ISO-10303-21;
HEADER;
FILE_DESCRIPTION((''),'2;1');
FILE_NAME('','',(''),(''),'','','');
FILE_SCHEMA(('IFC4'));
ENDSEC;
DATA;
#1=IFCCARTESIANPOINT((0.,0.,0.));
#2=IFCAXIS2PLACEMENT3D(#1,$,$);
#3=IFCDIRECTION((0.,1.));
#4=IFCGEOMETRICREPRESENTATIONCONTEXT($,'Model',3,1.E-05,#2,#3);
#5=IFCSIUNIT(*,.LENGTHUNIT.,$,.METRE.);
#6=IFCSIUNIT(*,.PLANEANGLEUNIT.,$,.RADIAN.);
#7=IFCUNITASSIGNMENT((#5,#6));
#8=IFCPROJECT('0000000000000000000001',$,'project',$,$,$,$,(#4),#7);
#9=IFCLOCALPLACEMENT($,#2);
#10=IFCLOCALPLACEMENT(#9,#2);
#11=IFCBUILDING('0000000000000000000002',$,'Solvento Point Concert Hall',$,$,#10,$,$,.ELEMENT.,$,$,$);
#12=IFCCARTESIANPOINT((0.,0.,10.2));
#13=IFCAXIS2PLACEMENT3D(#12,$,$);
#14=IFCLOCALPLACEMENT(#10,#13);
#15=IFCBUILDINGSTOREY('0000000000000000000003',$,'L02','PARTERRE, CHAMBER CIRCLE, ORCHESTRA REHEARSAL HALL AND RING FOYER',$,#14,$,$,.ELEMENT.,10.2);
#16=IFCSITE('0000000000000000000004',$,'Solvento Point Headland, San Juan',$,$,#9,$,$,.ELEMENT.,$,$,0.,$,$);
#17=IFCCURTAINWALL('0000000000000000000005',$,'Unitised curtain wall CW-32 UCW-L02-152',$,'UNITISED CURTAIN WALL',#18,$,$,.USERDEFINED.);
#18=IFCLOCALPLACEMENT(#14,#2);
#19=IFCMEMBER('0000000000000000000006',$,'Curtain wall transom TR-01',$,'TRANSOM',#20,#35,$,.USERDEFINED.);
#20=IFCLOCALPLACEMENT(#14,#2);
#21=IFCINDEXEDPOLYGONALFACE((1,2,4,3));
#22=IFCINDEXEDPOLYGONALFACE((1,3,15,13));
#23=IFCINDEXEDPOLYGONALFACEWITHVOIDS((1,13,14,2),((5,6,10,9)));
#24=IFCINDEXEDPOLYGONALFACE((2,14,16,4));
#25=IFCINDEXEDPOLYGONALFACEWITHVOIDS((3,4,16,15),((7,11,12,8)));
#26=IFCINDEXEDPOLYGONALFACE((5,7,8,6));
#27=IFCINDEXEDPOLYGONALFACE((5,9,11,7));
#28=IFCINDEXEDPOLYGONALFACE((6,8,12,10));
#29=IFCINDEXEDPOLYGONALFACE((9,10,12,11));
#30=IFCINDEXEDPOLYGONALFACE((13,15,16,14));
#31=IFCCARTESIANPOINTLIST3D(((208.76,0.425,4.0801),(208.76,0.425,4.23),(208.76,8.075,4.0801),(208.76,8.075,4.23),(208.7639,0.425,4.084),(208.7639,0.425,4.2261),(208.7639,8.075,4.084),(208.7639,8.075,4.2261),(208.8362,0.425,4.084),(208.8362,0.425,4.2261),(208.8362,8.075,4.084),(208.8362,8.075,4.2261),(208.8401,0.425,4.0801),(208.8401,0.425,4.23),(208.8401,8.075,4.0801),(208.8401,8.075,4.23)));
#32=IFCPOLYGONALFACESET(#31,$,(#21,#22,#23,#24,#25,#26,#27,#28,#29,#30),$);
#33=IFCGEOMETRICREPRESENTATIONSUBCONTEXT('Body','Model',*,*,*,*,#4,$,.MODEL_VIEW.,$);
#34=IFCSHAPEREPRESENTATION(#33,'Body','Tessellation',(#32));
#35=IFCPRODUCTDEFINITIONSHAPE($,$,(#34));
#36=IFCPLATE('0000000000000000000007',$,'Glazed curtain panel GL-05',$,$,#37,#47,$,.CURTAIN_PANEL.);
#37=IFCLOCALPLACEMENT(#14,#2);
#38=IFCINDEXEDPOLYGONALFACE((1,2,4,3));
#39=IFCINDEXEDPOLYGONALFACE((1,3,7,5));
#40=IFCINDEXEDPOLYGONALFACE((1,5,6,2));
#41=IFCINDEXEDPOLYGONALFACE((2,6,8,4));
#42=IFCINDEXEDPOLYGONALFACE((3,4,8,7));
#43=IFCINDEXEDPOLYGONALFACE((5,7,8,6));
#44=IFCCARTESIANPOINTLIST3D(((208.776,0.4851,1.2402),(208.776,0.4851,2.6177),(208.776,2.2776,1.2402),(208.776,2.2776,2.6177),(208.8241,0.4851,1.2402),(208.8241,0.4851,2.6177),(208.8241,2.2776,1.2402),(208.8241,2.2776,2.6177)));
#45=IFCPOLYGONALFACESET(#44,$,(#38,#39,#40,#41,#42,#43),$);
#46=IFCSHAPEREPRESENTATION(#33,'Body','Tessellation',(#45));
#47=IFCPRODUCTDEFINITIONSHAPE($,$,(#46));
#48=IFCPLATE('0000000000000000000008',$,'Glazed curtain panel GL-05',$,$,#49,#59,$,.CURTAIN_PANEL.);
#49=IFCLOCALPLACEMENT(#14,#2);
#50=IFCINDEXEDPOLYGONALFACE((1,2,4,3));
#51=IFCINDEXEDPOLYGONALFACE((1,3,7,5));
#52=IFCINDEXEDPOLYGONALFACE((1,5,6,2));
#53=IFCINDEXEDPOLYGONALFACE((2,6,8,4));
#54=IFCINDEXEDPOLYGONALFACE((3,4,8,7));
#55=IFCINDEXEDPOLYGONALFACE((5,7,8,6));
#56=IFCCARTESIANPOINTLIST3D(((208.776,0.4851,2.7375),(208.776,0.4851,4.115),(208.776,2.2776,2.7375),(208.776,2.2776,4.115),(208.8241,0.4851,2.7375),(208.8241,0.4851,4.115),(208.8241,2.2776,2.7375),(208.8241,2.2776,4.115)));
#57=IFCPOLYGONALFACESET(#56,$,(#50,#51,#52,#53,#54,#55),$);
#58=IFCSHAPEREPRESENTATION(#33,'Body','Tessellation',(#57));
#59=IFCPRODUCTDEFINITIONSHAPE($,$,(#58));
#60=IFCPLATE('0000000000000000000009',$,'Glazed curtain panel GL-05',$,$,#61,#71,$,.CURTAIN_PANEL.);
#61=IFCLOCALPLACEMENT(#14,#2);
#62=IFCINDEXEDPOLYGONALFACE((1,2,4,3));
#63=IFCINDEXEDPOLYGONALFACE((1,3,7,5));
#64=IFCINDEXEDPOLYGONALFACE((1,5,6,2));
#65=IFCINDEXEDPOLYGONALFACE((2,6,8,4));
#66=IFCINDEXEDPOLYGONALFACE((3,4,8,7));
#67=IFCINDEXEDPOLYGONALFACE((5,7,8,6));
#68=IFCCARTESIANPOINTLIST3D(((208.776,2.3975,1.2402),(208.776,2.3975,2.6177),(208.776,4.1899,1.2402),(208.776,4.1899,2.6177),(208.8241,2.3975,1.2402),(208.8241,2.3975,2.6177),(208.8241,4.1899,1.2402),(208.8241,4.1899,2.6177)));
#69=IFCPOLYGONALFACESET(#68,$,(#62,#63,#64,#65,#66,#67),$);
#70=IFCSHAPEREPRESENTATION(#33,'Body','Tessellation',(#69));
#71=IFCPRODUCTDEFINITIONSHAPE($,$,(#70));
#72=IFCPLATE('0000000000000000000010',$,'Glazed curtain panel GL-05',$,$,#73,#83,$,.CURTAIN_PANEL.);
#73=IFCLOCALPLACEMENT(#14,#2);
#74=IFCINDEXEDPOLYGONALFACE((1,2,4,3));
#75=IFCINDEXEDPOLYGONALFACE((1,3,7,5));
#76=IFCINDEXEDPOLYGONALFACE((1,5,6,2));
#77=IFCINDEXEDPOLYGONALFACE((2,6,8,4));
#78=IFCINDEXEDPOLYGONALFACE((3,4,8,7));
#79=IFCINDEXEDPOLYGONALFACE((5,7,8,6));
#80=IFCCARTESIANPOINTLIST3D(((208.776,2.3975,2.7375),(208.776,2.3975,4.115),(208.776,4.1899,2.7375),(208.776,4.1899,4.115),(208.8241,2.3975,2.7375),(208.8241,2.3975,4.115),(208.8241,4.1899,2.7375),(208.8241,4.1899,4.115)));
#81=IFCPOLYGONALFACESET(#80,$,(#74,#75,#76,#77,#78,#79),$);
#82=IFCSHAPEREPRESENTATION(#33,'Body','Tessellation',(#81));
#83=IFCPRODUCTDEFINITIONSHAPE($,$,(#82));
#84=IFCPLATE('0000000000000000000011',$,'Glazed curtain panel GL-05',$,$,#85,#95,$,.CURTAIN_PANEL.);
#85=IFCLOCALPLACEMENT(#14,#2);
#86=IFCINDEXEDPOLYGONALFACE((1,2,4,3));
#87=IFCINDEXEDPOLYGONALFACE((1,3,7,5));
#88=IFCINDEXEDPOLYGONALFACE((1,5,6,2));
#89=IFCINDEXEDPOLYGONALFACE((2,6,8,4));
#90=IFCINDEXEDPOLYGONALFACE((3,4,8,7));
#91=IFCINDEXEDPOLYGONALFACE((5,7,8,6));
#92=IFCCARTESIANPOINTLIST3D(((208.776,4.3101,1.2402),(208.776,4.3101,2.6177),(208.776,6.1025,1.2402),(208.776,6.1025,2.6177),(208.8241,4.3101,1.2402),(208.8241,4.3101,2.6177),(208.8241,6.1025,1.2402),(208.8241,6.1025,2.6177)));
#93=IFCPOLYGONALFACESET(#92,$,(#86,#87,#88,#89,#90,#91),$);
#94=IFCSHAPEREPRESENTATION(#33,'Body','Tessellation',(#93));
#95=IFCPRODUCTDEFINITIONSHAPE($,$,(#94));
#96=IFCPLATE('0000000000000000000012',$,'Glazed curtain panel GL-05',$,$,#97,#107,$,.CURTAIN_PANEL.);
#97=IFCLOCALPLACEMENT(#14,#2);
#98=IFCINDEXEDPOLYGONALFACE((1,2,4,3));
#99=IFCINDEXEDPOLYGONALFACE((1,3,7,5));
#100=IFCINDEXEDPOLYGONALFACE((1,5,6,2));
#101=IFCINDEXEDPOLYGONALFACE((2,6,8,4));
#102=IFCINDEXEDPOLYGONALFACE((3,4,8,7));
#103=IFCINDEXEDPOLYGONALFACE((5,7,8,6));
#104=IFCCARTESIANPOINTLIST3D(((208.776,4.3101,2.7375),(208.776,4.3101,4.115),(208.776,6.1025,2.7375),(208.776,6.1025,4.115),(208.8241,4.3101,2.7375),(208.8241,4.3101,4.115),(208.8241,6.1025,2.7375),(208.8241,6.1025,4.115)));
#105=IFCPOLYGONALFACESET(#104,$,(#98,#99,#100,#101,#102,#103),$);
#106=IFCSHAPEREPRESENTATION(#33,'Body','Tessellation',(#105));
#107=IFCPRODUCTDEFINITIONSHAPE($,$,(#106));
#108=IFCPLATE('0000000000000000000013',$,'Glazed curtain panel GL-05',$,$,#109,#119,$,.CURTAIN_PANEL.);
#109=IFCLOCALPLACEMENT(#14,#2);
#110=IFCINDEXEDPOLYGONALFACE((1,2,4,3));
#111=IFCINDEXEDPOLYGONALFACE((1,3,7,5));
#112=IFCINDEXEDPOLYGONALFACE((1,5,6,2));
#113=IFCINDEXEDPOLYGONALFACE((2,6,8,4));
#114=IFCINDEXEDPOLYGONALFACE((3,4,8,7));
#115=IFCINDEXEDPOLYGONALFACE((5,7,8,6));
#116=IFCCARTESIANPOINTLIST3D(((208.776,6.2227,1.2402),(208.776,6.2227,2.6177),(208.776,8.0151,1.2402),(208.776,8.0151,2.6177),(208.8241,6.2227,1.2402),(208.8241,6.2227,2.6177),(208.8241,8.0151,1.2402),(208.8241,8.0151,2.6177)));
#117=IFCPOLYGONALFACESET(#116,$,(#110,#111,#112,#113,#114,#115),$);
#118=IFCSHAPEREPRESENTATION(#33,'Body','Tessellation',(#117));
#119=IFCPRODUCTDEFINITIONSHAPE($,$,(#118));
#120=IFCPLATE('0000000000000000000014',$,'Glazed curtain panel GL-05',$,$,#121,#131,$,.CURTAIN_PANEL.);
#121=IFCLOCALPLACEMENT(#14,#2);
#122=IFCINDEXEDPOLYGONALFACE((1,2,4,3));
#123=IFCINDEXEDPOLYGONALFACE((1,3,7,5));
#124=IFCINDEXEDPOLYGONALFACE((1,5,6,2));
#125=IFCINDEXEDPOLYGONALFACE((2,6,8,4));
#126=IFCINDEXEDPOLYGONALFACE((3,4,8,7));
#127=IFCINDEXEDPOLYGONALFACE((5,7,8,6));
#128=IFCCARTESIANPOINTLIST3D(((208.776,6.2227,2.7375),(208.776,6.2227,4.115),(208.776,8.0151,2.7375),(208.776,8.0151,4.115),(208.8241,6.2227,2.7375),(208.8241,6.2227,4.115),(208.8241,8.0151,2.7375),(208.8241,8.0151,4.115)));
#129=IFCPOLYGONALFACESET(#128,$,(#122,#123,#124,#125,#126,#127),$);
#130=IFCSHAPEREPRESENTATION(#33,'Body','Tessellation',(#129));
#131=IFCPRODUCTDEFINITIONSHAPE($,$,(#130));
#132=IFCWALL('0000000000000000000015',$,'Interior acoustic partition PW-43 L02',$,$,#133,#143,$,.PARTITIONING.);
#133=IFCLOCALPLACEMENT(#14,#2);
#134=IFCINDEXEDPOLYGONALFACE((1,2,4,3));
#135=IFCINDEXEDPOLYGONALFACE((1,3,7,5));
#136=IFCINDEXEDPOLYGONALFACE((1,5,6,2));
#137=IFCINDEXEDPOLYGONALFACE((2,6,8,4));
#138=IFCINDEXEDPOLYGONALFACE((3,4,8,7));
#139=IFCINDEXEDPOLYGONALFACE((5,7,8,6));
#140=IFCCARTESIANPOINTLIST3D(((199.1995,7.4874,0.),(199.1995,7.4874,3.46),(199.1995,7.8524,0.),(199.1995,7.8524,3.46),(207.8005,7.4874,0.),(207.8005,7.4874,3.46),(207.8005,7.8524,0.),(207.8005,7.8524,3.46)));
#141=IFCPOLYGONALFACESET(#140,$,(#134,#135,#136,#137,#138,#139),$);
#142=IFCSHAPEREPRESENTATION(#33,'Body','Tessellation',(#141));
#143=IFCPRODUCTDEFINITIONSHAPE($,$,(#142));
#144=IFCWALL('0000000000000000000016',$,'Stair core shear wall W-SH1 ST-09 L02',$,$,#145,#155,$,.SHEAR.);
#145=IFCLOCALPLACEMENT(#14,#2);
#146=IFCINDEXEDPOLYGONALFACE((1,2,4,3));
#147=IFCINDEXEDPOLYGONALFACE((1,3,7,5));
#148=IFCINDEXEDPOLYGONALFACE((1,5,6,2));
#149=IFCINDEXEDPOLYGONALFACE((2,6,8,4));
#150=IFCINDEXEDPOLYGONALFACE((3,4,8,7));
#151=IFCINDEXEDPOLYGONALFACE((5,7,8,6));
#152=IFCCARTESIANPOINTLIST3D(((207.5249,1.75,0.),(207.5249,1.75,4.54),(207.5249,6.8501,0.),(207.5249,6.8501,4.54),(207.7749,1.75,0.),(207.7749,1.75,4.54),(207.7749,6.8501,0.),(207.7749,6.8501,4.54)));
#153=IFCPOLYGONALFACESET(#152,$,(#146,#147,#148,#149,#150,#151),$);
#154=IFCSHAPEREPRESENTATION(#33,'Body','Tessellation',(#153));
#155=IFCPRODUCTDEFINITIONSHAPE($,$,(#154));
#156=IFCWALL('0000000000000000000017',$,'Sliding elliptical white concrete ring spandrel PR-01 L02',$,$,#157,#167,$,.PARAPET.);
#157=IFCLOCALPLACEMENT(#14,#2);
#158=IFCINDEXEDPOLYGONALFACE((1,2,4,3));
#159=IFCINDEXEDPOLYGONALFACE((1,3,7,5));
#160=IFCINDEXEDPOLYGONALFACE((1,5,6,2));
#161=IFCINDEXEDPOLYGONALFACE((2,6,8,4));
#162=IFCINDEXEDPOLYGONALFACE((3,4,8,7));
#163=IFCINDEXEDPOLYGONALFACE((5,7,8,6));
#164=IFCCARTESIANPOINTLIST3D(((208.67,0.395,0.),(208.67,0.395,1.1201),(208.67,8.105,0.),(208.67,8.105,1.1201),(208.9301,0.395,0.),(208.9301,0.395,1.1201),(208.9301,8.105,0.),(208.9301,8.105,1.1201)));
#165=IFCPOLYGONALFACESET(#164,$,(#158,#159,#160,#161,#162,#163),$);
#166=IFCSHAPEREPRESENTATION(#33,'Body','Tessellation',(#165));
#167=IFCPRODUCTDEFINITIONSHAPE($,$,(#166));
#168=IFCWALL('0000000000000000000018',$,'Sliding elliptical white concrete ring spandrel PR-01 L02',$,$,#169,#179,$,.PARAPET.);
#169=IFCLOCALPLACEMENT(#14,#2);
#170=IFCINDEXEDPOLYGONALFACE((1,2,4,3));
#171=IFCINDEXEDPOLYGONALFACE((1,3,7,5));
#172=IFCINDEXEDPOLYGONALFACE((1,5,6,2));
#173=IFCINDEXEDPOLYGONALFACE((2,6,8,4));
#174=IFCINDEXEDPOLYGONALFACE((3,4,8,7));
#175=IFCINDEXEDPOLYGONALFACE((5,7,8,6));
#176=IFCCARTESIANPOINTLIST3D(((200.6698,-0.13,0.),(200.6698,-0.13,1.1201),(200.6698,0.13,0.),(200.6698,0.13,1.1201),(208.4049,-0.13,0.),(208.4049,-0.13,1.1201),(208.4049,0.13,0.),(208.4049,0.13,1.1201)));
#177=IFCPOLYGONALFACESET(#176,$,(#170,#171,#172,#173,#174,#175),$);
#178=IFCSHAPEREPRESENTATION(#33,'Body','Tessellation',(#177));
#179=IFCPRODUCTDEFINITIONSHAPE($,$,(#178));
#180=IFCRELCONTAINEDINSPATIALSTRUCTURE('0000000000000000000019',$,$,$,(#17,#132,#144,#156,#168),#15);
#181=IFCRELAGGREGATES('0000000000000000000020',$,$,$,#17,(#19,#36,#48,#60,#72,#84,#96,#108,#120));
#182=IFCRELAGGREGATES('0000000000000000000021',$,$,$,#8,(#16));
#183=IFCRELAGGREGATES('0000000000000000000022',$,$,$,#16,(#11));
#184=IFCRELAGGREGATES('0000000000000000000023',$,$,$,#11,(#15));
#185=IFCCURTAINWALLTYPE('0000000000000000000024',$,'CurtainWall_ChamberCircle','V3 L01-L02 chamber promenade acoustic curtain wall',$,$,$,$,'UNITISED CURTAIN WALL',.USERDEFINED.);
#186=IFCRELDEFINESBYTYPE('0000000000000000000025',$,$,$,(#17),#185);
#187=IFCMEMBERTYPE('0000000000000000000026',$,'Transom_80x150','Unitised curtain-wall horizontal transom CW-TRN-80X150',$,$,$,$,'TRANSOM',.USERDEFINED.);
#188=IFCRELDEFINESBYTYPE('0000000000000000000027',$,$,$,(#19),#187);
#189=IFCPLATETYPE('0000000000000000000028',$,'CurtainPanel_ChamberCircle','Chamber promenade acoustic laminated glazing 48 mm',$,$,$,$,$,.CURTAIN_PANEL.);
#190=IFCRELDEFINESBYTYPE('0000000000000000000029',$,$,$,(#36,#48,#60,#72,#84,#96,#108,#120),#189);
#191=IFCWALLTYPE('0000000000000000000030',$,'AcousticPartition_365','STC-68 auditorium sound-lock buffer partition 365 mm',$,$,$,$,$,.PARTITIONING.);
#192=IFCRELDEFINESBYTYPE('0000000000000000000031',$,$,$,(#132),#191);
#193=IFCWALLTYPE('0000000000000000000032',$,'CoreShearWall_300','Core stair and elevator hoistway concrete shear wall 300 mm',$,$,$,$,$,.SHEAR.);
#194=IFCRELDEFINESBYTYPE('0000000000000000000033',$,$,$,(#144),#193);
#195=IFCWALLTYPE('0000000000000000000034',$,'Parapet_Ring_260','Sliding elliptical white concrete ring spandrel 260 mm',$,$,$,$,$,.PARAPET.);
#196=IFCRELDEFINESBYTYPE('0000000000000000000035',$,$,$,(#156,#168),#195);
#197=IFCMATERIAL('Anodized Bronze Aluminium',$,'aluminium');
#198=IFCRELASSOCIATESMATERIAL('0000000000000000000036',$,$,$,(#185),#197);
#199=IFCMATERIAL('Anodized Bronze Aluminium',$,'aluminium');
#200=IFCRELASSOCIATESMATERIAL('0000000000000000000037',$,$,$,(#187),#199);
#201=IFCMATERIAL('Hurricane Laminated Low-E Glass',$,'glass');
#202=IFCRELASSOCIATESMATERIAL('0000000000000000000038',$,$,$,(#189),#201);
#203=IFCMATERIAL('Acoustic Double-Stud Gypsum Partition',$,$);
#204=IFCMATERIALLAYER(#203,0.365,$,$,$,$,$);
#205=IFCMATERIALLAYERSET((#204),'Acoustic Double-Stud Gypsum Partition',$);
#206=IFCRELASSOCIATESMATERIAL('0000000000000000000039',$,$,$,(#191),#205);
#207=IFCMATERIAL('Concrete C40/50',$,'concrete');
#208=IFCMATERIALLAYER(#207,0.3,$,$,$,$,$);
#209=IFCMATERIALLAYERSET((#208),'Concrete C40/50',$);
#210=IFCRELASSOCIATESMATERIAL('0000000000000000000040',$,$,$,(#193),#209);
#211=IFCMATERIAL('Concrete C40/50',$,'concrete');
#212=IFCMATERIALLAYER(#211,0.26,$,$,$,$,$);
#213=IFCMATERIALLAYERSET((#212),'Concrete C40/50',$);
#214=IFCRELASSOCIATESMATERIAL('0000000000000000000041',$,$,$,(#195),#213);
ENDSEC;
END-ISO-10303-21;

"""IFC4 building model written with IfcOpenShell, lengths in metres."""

from ifc_helpers import new_model, si_unit, direction, frame, frame_2d, origin, origin_2d, place, context, subcontext, project, spatial, rectangle, hollow_rectangle, extrude, material, layer, layer_set, material_profile, profile_set, type_object, element, aggregate, save


model = new_model("IFC4")

# Units and contexts
model_context = context("Model", 3, precision=1e-05, world=origin(), true_north=direction((0.0, 1.0)))
body_context = subcontext(model_context, "Body", "Model", "MODEL_VIEW")
ifc_project = project(units=[si_unit("LENGTHUNIT", "METRE"), si_unit("PLANEANGLEUNIT", "RADIAN")], contexts=[model_context])

# Site, building, storey
site_placement = place(None, origin())
site = spatial("IfcSite", under=ifc_project, at=site_placement, Name="Solvento Point Headland, San Juan", CompositionType="ELEMENT", RefElevation=0.0)
building_placement = place(site_placement, origin())
building = spatial("IfcBuilding", under=site, at=building_placement, Name="Solvento Point Concert Hall", CompositionType="ELEMENT")
storey_placement = place(building_placement, frame((0.0, 0.0, 10.2)))
storey = spatial("IfcBuildingStorey", under=building, at=storey_placement, Name="L02", Description="PARTERRE, CHAMBER CIRCLE, ORCHESTRA REHEARSAL HALL AND RING FOYER", CompositionType="ELEMENT", Elevation=10.2)

# Curtain wall
ifc_material_1 = material(Name="Anodized Bronze Aluminium", Category="aluminium")
curtain_wall_type = type_object("IfcCurtainWallType", Name="CurtainWall_ChamberCircle", Description="V3 L01-L02 chamber promenade acoustic curtain wall", ElementType="UNITISED CURTAIN WALL", PredefinedType="USERDEFINED", material=ifc_material_1)
curtain_wall_1_placement = place(storey_placement, origin())
curtain_wall_1 = element("IfcCurtainWall", 1, at=curtain_wall_1_placement, inside=storey, type_object=curtain_wall_type, Name="Unitised curtain wall CW-32 UCW-L02-152", ObjectType="UNITISED CURTAIN WALL", PredefinedType="USERDEFINED")

# Member
ifc_material_2 = material(Name="Anodized Bronze Aluminium", Category="aluminium")
ifc_material_profile_1 = material_profile(ifc_material_2, hollow_rectangle(XDim=0.0801, YDim=0.1499, WallThickness=0.0039, at=origin_2d()), Name="CW-TRN-80X150")
ifc_profile_set_1 = profile_set([ifc_material_profile_1], Name="Anodized Bronze Aluminium")
member_type_1 = type_object("IfcMemberType", Name="Transom_80x150", Description="Unitised curtain-wall horizontal transom CW-TRN-80X150", ElementType="TRANSOM", PredefinedType="USERDEFINED", material=ifc_profile_set_1)
member_1_placement = place(storey_placement, frame((208.8, 0.425, 4.155), z_axis=(0.0, 1.0, 0.0), x_axis=(-1.0, 0.0, 0.0)))
member_1 = element("IfcMember", 2, at=member_1_placement, type_object=member_type_1, Name="Curtain wall transom TR-01", ObjectType="TRANSOM", PredefinedType="USERDEFINED", context=body_context, shape_type="SweptSolid", body=[
    extrude(hollow_rectangle(XDim=0.0801, YDim=0.1499, WallThickness=0.0039, at=origin_2d()), origin(), (0.0, 0.0, 1.0), 7.6499),
])

# Plates
ifc_material_3 = material(Name="Hurricane Laminated Low-E Glass", Category="glass")
plate_type = type_object("IfcPlateType", Name="CurtainPanel_ChamberCircle", Description="Chamber promenade acoustic laminated glazing 48 mm", PredefinedType="CURTAIN_PANEL", material=ifc_material_3)
plate_1_placement = place(storey_placement, frame((208.8, 1.3813, 1.2402), z_axis=(0.0, 0.0, 1.0), x_axis=(0.0, 1.0, 0.0)))
plate_1 = element("IfcPlate", 3, at=plate_1_placement, type_object=plate_type, Name="Glazed curtain panel GL-05", PredefinedType="CURTAIN_PANEL", context=body_context, shape_type="SweptSolid", body=[
    extrude(rectangle(XDim=1.7925, YDim=0.0481, at=origin_2d()), origin(), (0.0, 0.0, 1.0), 1.3774),
])
plate_2_placement = place(storey_placement, frame((208.8, 1.3813, 2.7375), z_axis=(0.0, 0.0, 1.0), x_axis=(0.0, 1.0, 0.0)))
plate_2 = element("IfcPlate", 4, at=plate_2_placement, type_object=plate_type, Name="Glazed curtain panel GL-05", PredefinedType="CURTAIN_PANEL", context=body_context, shape_type="SweptSolid", body=[
    extrude(rectangle(XDim=1.7925, YDim=0.0481, at=origin_2d()), origin(), (0.0, 0.0, 1.0), 1.3774),
])
plate_3_placement = place(storey_placement, frame((208.8, 3.2937, 1.2402), z_axis=(0.0, 0.0, 1.0), x_axis=(0.0, 1.0, 0.0)))
plate_3 = element("IfcPlate", 5, at=plate_3_placement, type_object=plate_type, Name="Glazed curtain panel GL-05", PredefinedType="CURTAIN_PANEL", context=body_context, shape_type="SweptSolid", body=[
    extrude(rectangle(XDim=1.7925, YDim=0.0481, at=origin_2d()), origin(), (0.0, 0.0, 1.0), 1.3774),
])
plate_4_placement = place(storey_placement, frame((208.8, 3.2937, 2.7375), z_axis=(0.0, 0.0, 1.0), x_axis=(0.0, 1.0, 0.0)))
plate_4 = element("IfcPlate", 6, at=plate_4_placement, type_object=plate_type, Name="Glazed curtain panel GL-05", PredefinedType="CURTAIN_PANEL", context=body_context, shape_type="SweptSolid", body=[
    extrude(rectangle(XDim=1.7925, YDim=0.0481, at=origin_2d()), origin(), (0.0, 0.0, 1.0), 1.3774),
])
plate_5_placement = place(storey_placement, frame((208.8, 5.2063, 1.2402), z_axis=(0.0, 0.0, 1.0), x_axis=(0.0, 1.0, 0.0)))
plate_5 = element("IfcPlate", 7, at=plate_5_placement, type_object=plate_type, Name="Glazed curtain panel GL-05", PredefinedType="CURTAIN_PANEL", context=body_context, shape_type="SweptSolid", body=[
    extrude(rectangle(XDim=1.7925, YDim=0.0481, at=origin_2d()), origin(), (0.0, 0.0, 1.0), 1.3774),
])
plate_6_placement = place(storey_placement, frame((208.8, 5.2063, 2.7375), z_axis=(0.0, 0.0, 1.0), x_axis=(0.0, 1.0, 0.0)))
plate_6 = element("IfcPlate", 8, at=plate_6_placement, type_object=plate_type, Name="Glazed curtain panel GL-05", PredefinedType="CURTAIN_PANEL", context=body_context, shape_type="SweptSolid", body=[
    extrude(rectangle(XDim=1.7925, YDim=0.0481, at=origin_2d()), origin(), (0.0, 0.0, 1.0), 1.3774),
])
plate_7_placement = place(storey_placement, frame((208.8, 7.1189, 1.2402), z_axis=(0.0, 0.0, 1.0), x_axis=(0.0, 1.0, 0.0)))
plate_7 = element("IfcPlate", 9, at=plate_7_placement, type_object=plate_type, Name="Glazed curtain panel GL-05", PredefinedType="CURTAIN_PANEL", context=body_context, shape_type="SweptSolid", body=[
    extrude(rectangle(XDim=1.7925, YDim=0.0481, at=origin_2d()), origin(), (0.0, 0.0, 1.0), 1.3774),
])
plate_8_placement = place(storey_placement, frame((208.8, 7.1189, 2.7375), z_axis=(0.0, 0.0, 1.0), x_axis=(0.0, 1.0, 0.0)))
plate_8 = element("IfcPlate", 10, at=plate_8_placement, type_object=plate_type, Name="Glazed curtain panel GL-05", PredefinedType="CURTAIN_PANEL", context=body_context, shape_type="SweptSolid", body=[
    extrude(rectangle(XDim=1.7925, YDim=0.0481, at=origin_2d()), origin(), (0.0, 0.0, 1.0), 1.3774),
])
aggregate(curtain_wall_1, [member_1, plate_1, plate_2, plate_3, plate_4, plate_5, plate_6, plate_7, plate_8])

# Walls
ifc_material_4 = material(Name="Acoustic Double-Stud Gypsum Partition")
ifc_layer_1 = layer(ifc_material_4, 0.365)
ifc_layer_set_1 = layer_set([ifc_layer_1], Name="Acoustic Double-Stud Gypsum Partition")
wall_type_1 = type_object("IfcWallType", Name="AcousticPartition_365", Description="STC-68 auditorium sound-lock buffer partition 365 mm", PredefinedType="PARTITIONING", material=ifc_layer_set_1)
wall_1_placement = place(storey_placement, frame((207.8005, 7.6699, 0.0), z_axis=(0.0, 0.0, 1.0), x_axis=(-1.0, 0.0, 0.0)))
element("IfcWall", 11, at=wall_1_placement, inside=storey, type_object=wall_type_1, Name="Interior acoustic partition PW-43 L02", PredefinedType="PARTITIONING", context=body_context, shape_type="SweptSolid", body=[
    extrude(rectangle(XDim=8.6011, YDim=0.365, at=frame_2d((4.3005, 0.0))), origin(), (0.0, 0.0, 1.0), 3.46),
])
ifc_material_5 = material(Name="Concrete C40/50", Category="concrete")
ifc_layer_2 = layer(ifc_material_5, 0.3)
ifc_layer_set_2 = layer_set([ifc_layer_2], Name="Concrete C40/50")
wall_type_2 = type_object("IfcWallType", Name="CoreShearWall_300", Description="Core stair and elevator hoistway concrete shear wall 300 mm", PredefinedType="SHEAR", material=ifc_layer_set_2)
wall_2_placement = place(storey_placement, frame((207.6499, 6.8501, 0.0), z_axis=(0.0, 0.0, 1.0), x_axis=(0.0, -1.0, 0.0)))
element("IfcWall", 12, at=wall_2_placement, inside=storey, type_object=wall_type_2, Name="Stair core shear wall W-SH1 ST-09 L02", PredefinedType="SHEAR", context=body_context, shape_type="SweptSolid", body=[
    extrude(rectangle(XDim=5.1001, YDim=0.25, at=frame_2d((2.55, 0.0))), origin(), (0.0, 0.0, 1.0), 4.54),
])
ifc_material_6 = material(Name="Concrete C40/50", Category="concrete")
ifc_layer_3 = layer(ifc_material_6, 0.26)
ifc_layer_set_3 = layer_set([ifc_layer_3], Name="Concrete C40/50")
wall_type_3 = type_object("IfcWallType", Name="Parapet_Ring_260", Description="Sliding elliptical white concrete ring spandrel 260 mm", PredefinedType="PARAPET", material=ifc_layer_set_3)
wall_3_placement = place(storey_placement, frame((208.8, 8.105, 0.0), z_axis=(0.0, 0.0, 1.0), x_axis=(0.0, -1.0, 0.0)))
element("IfcWall", 13, at=wall_3_placement, inside=storey, type_object=wall_type_3, Name="Sliding elliptical white concrete ring spandrel PR-01 L02", PredefinedType="PARAPET", context=body_context, shape_type="SweptSolid", body=[
    extrude(rectangle(XDim=7.71, YDim=0.26, at=frame_2d((3.855, 0.0))), origin(), (0.0, 0.0, 1.0), 1.1201),
])
wall_4_placement = place(storey_placement, frame((208.405, 0.0, 0.0), z_axis=(0.0, 0.0, 1.0), x_axis=(-1.0, 0.0, 0.0)))
element("IfcWall", 14, at=wall_4_placement, inside=storey, type_object=wall_type_3, Name="Sliding elliptical white concrete ring spandrel PR-01 L02", PredefinedType="PARAPET", context=body_context, shape_type="SweptSolid", body=[
    extrude(rectangle(XDim=7.7351, YDim=0.26, at=frame_2d((3.8677, 0.0))), origin(), (0.0, 0.0, 1.0), 1.1201),
])

save(model, "model.ifc")
